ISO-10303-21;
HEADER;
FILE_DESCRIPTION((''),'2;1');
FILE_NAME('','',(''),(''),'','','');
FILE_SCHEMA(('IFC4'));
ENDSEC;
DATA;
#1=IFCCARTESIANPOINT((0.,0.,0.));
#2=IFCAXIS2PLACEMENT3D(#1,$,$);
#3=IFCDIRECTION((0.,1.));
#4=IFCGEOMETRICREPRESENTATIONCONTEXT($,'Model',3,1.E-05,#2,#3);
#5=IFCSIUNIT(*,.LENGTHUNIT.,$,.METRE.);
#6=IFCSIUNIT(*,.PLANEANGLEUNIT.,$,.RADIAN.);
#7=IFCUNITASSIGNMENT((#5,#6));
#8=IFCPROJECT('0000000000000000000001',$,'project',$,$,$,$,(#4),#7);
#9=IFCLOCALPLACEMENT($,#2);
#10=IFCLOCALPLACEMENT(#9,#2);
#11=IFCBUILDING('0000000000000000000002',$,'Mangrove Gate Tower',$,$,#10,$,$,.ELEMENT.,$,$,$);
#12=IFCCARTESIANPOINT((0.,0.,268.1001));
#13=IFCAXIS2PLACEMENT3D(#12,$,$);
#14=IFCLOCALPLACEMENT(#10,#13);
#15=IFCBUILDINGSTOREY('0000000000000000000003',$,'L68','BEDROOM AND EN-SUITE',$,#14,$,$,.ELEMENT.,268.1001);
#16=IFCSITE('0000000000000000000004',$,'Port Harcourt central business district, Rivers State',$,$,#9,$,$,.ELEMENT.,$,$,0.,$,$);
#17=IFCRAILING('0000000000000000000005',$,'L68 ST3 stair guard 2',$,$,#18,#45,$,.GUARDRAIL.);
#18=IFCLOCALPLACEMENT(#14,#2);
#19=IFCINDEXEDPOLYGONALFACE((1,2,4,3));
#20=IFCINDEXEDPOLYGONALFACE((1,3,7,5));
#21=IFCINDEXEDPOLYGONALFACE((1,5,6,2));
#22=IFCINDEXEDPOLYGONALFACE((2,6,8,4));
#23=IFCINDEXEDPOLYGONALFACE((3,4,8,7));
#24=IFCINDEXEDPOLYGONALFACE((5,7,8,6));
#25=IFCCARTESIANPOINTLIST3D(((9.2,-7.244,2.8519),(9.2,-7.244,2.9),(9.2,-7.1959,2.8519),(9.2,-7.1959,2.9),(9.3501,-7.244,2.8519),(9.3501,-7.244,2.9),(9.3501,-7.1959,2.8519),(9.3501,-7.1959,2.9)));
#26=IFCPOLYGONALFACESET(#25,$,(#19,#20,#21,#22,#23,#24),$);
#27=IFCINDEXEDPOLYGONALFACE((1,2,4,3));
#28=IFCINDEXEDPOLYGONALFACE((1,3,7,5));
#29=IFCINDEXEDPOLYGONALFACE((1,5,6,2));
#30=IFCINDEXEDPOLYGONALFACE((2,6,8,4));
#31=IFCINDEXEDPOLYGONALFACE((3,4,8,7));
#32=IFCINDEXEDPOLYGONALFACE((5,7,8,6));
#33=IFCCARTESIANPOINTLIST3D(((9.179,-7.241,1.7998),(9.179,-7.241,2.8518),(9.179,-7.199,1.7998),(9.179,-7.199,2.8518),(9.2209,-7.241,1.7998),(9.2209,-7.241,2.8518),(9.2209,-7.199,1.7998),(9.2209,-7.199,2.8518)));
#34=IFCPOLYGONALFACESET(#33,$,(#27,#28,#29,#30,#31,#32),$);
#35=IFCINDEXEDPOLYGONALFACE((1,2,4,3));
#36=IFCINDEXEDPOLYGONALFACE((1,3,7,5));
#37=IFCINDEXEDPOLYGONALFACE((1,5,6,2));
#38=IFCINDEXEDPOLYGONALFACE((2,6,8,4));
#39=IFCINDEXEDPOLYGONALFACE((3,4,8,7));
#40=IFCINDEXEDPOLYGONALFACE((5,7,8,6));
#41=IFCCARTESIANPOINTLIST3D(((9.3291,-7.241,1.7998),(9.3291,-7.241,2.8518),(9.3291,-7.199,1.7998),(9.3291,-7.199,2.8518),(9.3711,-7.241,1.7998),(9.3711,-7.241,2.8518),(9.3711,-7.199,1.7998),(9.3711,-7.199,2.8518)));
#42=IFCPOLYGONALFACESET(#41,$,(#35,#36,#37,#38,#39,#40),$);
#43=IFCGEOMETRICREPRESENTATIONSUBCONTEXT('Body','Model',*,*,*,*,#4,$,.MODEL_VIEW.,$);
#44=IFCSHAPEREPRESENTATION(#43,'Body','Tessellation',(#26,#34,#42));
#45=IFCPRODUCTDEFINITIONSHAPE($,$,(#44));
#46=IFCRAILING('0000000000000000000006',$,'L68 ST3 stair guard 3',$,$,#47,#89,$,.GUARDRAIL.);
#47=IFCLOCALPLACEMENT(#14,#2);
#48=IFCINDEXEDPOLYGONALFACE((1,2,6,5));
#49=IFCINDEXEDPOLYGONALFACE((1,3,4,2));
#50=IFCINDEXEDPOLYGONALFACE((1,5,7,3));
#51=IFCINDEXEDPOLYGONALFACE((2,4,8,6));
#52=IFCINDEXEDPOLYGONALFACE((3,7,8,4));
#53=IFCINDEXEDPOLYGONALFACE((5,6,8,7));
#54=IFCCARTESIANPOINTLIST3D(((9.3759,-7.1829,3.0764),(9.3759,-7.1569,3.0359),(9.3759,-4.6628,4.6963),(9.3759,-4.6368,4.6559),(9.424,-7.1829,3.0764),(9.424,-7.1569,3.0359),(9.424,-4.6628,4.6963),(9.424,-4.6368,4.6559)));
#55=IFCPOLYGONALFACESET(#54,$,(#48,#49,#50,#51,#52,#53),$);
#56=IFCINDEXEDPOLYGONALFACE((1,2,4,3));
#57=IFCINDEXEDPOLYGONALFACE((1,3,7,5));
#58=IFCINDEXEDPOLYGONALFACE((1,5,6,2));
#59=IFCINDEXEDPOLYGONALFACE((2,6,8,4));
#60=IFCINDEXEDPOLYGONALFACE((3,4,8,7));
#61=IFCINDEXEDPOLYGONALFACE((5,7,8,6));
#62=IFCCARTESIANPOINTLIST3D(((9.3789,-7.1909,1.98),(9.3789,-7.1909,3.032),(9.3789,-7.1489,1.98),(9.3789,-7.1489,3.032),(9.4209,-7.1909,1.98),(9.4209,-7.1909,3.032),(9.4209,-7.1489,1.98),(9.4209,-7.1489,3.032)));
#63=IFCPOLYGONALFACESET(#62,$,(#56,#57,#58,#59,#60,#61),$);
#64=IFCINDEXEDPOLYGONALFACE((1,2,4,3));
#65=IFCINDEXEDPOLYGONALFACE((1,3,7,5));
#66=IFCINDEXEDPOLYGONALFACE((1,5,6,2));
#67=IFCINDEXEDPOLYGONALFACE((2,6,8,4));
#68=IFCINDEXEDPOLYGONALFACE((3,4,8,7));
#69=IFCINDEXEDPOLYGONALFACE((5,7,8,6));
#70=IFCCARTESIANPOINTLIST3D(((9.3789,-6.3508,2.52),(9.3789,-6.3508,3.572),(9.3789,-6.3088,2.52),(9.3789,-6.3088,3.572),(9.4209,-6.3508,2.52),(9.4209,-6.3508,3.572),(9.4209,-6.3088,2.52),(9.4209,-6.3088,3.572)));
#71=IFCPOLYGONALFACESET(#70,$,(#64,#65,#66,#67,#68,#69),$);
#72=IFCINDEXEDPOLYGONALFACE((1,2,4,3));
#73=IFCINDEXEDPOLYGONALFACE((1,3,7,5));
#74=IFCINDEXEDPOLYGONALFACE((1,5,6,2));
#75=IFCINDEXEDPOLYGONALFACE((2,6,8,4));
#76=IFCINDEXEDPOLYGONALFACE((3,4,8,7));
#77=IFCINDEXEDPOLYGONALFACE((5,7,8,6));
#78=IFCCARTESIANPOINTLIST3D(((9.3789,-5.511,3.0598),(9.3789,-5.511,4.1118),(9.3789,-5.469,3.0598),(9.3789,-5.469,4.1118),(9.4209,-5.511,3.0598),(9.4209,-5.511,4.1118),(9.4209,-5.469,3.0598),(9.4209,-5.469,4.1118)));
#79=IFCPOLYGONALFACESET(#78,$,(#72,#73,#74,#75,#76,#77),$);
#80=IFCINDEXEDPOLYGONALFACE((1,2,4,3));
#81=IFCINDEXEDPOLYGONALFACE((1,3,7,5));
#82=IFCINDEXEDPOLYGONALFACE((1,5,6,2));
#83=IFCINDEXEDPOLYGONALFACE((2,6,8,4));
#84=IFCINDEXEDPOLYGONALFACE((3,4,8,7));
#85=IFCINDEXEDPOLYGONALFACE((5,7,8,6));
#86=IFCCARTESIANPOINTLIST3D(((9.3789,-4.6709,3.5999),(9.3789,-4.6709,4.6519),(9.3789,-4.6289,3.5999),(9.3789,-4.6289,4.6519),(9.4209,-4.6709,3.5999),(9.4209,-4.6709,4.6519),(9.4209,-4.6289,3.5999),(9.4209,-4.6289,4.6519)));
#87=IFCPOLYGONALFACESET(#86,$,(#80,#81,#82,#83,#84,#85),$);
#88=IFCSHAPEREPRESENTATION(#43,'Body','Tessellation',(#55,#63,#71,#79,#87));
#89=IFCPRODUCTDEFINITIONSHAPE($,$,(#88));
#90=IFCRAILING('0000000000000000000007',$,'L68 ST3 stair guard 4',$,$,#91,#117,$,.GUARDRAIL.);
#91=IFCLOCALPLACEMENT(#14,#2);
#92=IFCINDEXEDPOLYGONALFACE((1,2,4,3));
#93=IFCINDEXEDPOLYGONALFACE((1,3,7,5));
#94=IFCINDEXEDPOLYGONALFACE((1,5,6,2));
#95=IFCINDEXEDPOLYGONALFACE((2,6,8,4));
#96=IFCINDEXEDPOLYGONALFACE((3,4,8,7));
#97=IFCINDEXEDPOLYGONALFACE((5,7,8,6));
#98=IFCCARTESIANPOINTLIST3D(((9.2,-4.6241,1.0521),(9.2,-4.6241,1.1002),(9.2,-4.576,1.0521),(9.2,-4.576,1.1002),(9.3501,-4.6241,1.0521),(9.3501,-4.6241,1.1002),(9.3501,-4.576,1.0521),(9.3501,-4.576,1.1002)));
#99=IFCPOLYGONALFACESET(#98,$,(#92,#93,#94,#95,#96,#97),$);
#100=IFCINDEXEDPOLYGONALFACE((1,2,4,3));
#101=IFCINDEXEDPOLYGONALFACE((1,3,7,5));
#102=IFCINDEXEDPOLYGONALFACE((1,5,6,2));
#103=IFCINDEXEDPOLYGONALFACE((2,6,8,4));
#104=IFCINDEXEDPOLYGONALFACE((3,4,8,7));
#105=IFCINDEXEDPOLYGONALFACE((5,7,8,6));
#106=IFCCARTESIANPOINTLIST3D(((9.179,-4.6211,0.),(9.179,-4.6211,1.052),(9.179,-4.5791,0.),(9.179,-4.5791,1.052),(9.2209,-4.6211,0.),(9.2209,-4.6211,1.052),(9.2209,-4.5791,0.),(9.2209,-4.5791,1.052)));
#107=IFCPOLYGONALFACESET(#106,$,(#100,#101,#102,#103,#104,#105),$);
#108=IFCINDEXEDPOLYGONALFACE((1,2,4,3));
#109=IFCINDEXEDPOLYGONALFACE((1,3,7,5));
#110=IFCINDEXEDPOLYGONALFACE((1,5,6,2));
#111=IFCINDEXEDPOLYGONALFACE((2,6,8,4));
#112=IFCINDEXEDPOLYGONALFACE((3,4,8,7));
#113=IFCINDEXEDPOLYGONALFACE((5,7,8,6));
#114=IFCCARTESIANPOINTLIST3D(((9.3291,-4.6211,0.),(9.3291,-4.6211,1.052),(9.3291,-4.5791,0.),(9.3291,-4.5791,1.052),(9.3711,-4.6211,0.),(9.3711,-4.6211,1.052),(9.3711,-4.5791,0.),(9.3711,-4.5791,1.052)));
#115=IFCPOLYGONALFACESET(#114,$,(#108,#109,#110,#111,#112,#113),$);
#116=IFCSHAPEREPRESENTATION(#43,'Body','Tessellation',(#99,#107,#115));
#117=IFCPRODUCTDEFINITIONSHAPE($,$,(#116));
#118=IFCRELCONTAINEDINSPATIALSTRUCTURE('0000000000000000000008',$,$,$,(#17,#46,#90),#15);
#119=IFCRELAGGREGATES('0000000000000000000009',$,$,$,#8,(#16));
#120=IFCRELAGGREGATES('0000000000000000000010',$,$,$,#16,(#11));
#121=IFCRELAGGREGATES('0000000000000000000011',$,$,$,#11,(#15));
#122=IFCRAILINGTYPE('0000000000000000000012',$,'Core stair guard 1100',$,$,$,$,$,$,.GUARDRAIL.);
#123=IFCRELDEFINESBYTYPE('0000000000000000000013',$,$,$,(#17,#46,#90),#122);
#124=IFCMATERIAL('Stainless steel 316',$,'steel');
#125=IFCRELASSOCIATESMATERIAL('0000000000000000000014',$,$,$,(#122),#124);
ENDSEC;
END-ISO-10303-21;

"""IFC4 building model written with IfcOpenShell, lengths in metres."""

from ifc_helpers import new_model, si_unit, direction, frame, origin, origin_2d, place, context, subcontext, project, spatial, rectangle, extrude, material, type_object, element, save


model = new_model("IFC4")

# Units and contexts
model_context = context("Model", 3, precision=1e-05, world=origin(), true_north=direction((0.0, 1.0)))
body_context = subcontext(model_context, "Body", "Model", "MODEL_VIEW")
ifc_project = project(units=[si_unit("LENGTHUNIT", "METRE"), si_unit("PLANEANGLEUNIT", "RADIAN")], contexts=[model_context])

# Site, building, storey
site_placement = place(None, origin())
site = spatial("IfcSite", under=ifc_project, at=site_placement, Name="Port Harcourt central business district, Rivers State", CompositionType="ELEMENT", RefElevation=0.0)
building_placement = place(site_placement, origin())
building = spatial("IfcBuilding", under=site, at=building_placement, Name="Mangrove Gate Tower", CompositionType="ELEMENT")
storey_placement = place(building_placement, frame((0.0, 0.0, 268.1001)))
storey = spatial("IfcBuildingStorey", under=building, at=storey_placement, Name="L68", Description="BEDROOM AND EN-SUITE", CompositionType="ELEMENT", Elevation=268.1001)

# Railings
ifc_material_1 = material(Name="Stainless steel 316", Category="steel")
railing_type_1 = type_object("IfcRailingType", Name="Core stair guard 1100", PredefinedType="GUARDRAIL", material=ifc_material_1)
railing_1_placement = place(storey_placement, frame((9.2, -7.22, 1.7998)))
element("IfcRailing", 1, at=railing_1_placement, inside=storey, type_object=railing_type_1, Name="L68 ST3 stair guard 2", PredefinedType="GUARDRAIL", context=body_context, shape_type="SweptSolid", body=[
    extrude(rectangle(XDim=0.0481, YDim=0.0481, at=origin_2d()), frame((0.0, 0.0, 1.0762), z_axis=(1.0, 0.0, 0.0), x_axis=(0.0, 1.0, 0.0)), (0.0, 0.0, 1.0), 0.1501),
    extrude(rectangle(XDim=0.042, YDim=0.042, at=origin_2d()), origin(), (0.0, 0.0, 1.0), 1.052),
    extrude(rectangle(XDim=0.042, YDim=0.042, at=origin_2d()), frame((0.1501, 0.0, 0.0)), (0.0, 0.0, 1.0), 1.052),
])
railing_2_placement = place(storey_placement, frame((9.3999, -7.1699, 1.98)))
element("IfcRailing", 2, at=railing_2_placement, inside=storey, type_object=railing_type_1, Name="L68 ST3 stair guard 3", PredefinedType="GUARDRAIL", context=body_context, shape_type="SweptSolid", body=[
    extrude(rectangle(XDim=0.0481, YDim=0.0481, at=origin_2d()), frame((0.0, 0.0, 1.0762), z_axis=(0.0, 0.8412, 0.540725), x_axis=(-1.0, 0.0, 0.0)), (0.0, 0.0, 1.0), 2.9958),
    extrude(rectangle(XDim=0.042, YDim=0.042, at=origin_2d()), origin(), (0.0, 0.0, 1.0), 1.052),
    extrude(rectangle(XDim=0.042, YDim=0.042, at=origin_2d()), frame((0.0, 0.8401, 0.54)), (0.0, 0.0, 1.0), 1.052),
    extrude(rectangle(XDim=0.042, YDim=0.042, at=origin_2d()), frame((0.0, 1.6799, 1.0798)), (0.0, 0.0, 1.0), 1.052),
    extrude(rectangle(XDim=0.042, YDim=0.042, at=origin_2d()), frame((0.0, 2.52, 1.6199)), (0.0, 0.0, 1.0), 1.052),
])
railing_3_placement = place(storey_placement, frame((9.2, -4.6001, 0.0)))
element("IfcRailing", 3, at=railing_3_placement, inside=storey, type_object=railing_type_1, Name="L68 ST3 stair guard 4", PredefinedType="GUARDRAIL", context=body_context, shape_type="SweptSolid", body=[
    extrude(rectangle(XDim=0.0481, YDim=0.0481, at=origin_2d()), frame((0.0, 0.0, 1.0762), z_axis=(1.0, 0.0, 0.0), x_axis=(0.0, 1.0, 0.0)), (0.0, 0.0, 1.0), 0.1501),
    extrude(rectangle(XDim=0.042, YDim=0.042, at=origin_2d()), origin(), (0.0, 0.0, 1.0), 1.052),
    extrude(rectangle(XDim=0.042, YDim=0.042, at=origin_2d()), frame((0.1501, 0.0, 0.0)), (0.0, 0.0, 1.0), 1.052),
])

save(model, "model.ifc")
